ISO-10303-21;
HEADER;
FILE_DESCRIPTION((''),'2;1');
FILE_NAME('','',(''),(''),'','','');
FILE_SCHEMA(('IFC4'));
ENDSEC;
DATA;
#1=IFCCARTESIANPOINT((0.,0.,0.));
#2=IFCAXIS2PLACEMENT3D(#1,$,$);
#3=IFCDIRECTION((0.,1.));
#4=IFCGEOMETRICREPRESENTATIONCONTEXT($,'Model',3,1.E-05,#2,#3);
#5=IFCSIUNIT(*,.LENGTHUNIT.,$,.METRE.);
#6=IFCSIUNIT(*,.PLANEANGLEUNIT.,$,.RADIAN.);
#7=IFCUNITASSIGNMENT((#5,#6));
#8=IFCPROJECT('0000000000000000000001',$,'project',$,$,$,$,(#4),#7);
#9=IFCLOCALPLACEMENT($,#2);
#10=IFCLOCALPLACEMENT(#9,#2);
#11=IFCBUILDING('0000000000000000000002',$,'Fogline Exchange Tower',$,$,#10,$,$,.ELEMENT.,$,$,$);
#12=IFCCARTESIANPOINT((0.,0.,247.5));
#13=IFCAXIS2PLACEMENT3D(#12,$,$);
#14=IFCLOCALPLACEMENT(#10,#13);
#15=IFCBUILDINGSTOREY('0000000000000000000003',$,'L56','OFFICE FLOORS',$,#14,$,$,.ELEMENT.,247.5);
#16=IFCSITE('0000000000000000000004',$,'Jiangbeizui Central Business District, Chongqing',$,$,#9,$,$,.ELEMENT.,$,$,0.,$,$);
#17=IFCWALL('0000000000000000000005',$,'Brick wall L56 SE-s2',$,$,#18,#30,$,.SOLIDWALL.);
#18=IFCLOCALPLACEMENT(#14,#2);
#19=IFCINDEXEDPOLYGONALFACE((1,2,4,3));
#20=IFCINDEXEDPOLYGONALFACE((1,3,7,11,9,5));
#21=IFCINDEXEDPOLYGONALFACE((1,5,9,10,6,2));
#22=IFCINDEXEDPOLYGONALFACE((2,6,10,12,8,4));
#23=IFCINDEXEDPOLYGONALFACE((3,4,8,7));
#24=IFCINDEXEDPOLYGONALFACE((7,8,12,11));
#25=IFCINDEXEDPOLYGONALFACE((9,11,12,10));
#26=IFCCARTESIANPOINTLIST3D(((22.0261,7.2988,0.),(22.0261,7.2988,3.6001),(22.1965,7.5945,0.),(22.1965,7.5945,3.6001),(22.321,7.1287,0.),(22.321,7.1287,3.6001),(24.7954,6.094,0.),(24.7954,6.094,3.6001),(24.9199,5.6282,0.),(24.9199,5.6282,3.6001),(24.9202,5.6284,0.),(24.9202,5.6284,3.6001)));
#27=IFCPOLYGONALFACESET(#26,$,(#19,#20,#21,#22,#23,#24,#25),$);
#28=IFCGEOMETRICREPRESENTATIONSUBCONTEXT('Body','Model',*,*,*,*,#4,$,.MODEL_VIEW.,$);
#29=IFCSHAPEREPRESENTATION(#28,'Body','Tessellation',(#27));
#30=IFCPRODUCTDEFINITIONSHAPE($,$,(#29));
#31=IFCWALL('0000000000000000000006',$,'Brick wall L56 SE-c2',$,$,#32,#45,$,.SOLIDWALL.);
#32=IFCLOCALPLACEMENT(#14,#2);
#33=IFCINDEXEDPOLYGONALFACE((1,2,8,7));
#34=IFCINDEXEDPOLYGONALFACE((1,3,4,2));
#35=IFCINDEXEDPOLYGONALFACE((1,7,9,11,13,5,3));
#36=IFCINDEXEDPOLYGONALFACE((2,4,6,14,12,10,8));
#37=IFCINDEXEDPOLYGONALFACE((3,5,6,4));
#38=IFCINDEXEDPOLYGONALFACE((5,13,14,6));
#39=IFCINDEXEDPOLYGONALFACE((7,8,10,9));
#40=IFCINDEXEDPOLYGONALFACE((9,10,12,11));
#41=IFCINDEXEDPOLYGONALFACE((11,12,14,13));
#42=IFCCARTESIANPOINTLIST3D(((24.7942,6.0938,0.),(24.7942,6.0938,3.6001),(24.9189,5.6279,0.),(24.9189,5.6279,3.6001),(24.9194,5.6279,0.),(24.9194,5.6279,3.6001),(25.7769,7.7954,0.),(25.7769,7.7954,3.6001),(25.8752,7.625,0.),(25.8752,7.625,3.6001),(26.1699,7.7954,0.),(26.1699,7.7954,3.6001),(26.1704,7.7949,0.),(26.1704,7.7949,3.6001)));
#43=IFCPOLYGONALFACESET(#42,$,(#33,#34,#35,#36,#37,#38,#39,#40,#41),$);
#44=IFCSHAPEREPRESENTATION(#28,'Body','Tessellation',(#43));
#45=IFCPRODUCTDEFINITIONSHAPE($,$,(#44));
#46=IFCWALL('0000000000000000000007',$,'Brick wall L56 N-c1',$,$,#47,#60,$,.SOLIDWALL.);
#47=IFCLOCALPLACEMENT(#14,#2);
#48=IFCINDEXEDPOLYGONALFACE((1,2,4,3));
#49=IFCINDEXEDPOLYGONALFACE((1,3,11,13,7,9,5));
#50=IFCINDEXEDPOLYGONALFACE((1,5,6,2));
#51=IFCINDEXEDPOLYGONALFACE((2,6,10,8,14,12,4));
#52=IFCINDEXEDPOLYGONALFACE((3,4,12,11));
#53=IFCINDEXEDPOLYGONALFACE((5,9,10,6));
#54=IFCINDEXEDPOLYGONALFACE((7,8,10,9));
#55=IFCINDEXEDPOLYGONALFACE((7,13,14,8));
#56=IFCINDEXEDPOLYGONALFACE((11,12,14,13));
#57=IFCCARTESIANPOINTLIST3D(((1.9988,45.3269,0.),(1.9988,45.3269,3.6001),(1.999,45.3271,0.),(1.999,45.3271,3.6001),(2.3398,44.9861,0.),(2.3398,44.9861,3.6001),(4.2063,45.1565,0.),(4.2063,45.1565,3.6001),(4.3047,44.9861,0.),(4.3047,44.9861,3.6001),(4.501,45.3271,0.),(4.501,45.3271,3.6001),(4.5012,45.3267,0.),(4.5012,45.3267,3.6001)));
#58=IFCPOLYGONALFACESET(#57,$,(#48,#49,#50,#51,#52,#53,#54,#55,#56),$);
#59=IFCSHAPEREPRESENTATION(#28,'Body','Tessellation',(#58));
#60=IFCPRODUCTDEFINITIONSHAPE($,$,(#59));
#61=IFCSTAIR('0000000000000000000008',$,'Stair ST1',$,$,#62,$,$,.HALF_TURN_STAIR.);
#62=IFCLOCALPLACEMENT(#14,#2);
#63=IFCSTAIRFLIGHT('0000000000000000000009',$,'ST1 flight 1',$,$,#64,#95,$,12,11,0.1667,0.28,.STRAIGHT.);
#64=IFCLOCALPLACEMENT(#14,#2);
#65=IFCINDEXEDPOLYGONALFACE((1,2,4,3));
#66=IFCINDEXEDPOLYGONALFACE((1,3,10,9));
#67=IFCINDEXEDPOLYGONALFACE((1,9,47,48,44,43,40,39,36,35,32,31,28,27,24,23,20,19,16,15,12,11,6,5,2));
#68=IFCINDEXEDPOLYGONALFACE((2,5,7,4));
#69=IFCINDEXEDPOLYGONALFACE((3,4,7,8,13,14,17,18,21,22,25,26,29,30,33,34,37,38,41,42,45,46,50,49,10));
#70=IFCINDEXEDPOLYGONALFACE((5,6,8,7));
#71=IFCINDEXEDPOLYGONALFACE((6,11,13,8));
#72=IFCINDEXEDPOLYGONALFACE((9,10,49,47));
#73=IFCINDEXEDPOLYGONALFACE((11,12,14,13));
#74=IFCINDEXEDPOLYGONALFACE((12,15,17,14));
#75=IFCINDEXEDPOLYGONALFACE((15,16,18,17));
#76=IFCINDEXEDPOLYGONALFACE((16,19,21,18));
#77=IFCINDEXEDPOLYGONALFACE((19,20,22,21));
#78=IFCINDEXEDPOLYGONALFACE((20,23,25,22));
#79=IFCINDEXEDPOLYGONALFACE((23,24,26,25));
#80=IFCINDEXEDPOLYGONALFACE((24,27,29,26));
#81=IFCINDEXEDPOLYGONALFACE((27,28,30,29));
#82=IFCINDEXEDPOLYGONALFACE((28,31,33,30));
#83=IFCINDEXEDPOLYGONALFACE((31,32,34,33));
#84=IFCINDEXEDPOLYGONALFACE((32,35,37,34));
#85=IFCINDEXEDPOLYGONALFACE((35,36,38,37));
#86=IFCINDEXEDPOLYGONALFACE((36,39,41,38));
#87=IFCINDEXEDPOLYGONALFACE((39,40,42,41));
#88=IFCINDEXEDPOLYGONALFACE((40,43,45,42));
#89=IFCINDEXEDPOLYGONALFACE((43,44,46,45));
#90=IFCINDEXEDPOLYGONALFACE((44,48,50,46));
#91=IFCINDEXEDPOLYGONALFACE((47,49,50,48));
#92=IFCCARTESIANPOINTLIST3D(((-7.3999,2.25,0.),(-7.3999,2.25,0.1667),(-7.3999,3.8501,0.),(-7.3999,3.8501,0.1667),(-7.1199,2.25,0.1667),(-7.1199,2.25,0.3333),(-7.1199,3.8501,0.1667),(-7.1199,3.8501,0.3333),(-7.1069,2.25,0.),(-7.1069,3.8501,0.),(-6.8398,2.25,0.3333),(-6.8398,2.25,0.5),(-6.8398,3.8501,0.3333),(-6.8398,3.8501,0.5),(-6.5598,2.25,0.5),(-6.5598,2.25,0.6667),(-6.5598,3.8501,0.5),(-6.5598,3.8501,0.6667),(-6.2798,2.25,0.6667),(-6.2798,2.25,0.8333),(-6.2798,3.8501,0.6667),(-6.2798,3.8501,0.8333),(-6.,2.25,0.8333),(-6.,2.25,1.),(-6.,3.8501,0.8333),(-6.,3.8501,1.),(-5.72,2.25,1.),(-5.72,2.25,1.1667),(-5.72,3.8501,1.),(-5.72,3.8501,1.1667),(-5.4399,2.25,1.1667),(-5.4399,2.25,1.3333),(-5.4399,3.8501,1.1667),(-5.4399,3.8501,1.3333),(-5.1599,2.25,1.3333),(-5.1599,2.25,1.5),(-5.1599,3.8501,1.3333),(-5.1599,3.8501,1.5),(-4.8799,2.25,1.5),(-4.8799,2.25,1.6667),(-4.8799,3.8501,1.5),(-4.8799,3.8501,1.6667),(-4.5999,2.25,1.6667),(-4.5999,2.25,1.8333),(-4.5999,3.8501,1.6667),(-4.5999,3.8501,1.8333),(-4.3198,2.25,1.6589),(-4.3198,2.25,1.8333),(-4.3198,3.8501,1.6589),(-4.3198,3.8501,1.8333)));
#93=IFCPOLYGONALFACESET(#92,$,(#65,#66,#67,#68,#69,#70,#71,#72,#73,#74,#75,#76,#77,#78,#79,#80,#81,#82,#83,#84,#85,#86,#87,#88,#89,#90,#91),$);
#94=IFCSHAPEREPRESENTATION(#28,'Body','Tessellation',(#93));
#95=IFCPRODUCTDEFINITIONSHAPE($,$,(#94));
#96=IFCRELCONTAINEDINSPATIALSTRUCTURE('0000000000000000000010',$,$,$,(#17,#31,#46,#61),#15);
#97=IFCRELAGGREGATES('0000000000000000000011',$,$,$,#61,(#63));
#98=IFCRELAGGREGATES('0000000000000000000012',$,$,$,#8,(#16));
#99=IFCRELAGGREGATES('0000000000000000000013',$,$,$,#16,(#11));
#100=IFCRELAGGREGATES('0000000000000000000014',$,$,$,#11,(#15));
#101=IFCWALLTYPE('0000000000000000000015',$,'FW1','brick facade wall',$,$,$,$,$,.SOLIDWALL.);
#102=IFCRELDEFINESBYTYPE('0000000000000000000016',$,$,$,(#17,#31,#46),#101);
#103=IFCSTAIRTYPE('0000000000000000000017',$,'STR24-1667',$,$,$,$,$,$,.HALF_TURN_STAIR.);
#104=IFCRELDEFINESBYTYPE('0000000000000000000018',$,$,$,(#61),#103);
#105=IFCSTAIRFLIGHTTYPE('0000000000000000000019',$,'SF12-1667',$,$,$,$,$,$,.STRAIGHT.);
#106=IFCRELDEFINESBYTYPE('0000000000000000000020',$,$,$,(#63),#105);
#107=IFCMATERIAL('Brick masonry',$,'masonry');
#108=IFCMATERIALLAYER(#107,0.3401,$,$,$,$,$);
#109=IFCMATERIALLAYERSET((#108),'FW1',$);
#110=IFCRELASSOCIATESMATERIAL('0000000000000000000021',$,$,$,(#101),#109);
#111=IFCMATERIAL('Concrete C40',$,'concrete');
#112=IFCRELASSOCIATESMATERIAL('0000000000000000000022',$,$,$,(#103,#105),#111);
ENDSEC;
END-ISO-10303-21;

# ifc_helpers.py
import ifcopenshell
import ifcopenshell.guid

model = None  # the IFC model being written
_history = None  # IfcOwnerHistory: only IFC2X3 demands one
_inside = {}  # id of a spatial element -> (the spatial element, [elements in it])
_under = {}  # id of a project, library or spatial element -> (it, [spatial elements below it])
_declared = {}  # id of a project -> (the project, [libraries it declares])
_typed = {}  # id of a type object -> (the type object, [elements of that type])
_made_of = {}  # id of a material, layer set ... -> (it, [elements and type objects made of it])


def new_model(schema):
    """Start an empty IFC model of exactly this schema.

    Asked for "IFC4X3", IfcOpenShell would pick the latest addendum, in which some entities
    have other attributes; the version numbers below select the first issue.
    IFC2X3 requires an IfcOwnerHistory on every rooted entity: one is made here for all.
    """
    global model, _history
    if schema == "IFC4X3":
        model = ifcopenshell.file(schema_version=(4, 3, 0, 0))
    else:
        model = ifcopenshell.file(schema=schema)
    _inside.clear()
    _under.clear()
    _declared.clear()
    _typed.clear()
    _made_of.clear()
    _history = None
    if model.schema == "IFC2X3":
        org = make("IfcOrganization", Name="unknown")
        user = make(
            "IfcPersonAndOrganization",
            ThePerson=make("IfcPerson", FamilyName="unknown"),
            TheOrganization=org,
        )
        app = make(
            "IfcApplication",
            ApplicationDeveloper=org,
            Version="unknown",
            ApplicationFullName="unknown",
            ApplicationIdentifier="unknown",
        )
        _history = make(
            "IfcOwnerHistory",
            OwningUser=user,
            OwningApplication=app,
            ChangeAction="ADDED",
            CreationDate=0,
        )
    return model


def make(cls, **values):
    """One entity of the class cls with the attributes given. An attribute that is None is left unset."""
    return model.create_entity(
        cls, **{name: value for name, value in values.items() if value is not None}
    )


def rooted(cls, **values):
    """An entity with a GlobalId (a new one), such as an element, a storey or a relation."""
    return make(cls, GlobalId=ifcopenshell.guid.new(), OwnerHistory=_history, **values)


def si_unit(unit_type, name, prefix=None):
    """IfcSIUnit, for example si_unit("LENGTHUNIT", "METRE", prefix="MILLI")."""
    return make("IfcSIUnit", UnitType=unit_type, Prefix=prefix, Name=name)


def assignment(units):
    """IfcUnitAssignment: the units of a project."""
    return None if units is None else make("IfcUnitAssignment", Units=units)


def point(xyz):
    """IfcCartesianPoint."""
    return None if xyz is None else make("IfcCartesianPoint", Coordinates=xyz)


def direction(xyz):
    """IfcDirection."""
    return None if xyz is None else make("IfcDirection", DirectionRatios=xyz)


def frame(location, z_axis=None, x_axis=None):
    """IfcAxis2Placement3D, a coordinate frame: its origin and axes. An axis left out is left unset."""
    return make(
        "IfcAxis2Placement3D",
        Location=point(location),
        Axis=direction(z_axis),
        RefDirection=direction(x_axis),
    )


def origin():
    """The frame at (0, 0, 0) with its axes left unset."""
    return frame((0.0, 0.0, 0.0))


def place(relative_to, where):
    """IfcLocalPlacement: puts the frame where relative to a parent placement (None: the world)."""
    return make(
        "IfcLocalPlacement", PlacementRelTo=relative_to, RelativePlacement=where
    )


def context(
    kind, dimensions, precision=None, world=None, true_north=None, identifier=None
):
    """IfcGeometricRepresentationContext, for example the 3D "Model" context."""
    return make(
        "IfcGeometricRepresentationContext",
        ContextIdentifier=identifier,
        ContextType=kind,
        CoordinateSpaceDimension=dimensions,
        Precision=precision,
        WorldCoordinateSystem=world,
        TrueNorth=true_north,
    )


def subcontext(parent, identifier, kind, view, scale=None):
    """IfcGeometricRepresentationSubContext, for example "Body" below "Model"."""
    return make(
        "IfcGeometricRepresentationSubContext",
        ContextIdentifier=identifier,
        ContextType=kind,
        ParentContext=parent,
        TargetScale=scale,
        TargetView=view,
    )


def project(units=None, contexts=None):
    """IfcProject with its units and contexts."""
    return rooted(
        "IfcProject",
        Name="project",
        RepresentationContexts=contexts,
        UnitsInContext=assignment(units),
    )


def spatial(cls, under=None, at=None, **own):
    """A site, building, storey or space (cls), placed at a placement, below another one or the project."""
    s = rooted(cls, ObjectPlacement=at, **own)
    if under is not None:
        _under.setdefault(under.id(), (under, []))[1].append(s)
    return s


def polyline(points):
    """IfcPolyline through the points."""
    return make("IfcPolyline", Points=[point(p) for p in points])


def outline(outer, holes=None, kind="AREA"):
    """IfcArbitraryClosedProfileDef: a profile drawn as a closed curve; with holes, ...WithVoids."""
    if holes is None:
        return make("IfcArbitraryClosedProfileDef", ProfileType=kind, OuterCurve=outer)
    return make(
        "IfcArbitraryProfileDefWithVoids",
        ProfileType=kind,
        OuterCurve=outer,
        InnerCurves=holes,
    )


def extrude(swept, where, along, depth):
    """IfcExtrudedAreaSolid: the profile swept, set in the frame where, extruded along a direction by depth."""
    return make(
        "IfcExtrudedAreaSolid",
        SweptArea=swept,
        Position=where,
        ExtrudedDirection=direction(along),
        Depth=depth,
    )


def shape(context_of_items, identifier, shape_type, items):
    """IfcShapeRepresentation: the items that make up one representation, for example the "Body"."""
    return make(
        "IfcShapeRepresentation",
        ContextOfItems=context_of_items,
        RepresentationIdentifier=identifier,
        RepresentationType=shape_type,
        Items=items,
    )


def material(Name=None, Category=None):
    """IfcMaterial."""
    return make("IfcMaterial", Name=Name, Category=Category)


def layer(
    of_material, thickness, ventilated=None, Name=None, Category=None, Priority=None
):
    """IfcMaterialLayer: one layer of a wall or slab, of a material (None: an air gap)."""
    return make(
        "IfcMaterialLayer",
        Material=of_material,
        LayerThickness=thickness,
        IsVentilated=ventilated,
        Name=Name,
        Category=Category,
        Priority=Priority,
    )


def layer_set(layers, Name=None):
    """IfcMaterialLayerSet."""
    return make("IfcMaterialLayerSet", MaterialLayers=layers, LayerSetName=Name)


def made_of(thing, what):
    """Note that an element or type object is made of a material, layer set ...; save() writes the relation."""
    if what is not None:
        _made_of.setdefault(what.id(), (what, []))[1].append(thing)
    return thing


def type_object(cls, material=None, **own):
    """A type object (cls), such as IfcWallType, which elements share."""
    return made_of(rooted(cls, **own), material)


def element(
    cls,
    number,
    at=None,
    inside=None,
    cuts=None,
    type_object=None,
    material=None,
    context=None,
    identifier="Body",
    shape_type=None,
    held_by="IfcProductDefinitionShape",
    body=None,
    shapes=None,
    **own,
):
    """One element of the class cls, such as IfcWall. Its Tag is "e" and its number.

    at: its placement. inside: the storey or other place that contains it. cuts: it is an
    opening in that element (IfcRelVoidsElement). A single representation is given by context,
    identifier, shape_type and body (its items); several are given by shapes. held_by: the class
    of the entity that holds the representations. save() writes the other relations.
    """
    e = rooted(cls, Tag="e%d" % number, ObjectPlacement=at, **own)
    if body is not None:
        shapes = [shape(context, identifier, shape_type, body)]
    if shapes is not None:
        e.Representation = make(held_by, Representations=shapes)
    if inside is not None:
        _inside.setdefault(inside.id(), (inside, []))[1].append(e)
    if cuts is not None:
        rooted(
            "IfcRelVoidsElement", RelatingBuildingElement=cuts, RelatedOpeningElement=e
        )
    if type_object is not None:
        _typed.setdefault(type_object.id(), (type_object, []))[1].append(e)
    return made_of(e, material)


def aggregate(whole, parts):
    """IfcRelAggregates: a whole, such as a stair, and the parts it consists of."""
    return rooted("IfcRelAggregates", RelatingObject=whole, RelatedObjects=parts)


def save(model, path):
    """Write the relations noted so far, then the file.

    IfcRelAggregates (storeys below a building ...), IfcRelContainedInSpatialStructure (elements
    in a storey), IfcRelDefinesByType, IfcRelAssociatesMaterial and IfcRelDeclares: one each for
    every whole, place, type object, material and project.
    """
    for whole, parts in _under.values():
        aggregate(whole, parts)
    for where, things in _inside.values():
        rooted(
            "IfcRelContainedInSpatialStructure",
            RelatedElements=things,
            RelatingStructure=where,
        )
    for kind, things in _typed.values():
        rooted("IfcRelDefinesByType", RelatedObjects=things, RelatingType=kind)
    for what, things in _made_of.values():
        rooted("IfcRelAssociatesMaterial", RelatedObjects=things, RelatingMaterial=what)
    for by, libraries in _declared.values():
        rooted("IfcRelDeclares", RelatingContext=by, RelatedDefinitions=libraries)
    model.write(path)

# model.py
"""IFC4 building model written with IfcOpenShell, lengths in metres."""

from ifc_helpers import new_model, si_unit, direction, frame, origin, place, context, subcontext, project, spatial, polyline, outline, extrude, material, layer, layer_set, type_object, element, aggregate, save


model = new_model("IFC4")

# Units and contexts
model_context = context("Model", 3, precision=1e-05, world=origin(), true_north=direction((0.0, 1.0)))
body_context = subcontext(model_context, "Body", "Model", "MODEL_VIEW")
ifc_project = project(units=[si_unit("LENGTHUNIT", "METRE"), si_unit("PLANEANGLEUNIT", "RADIAN")], contexts=[model_context])

# Site, building, storey
site_placement = place(None, origin())
site = spatial("IfcSite", under=ifc_project, at=site_placement, Name="Jiangbeizui Central Business District, Chongqing", CompositionType="ELEMENT", RefElevation=0.0)
building_placement = place(site_placement, origin())
building = spatial("IfcBuilding", under=site, at=building_placement, Name="Fogline Exchange Tower", CompositionType="ELEMENT")
storey_placement = place(building_placement, frame((0.0, 0.0, 247.5)))
storey = spatial("IfcBuildingStorey", under=building, at=storey_placement, Name="L56", Description="OFFICE FLOORS", CompositionType="ELEMENT", Elevation=247.5)

# Shared definitions
ifc_material_1 = material(Name="Concrete C40", Category="concrete")

# Walls
ifc_material_2 = material(Name="Brick masonry", Category="masonry")
ifc_layer_1 = layer(ifc_material_2, 0.3401)
ifc_layer_set_1 = layer_set([ifc_layer_1], Name="FW1")
wall_type_1 = type_object("IfcWallType", Name="FW1", Description="brick facade wall", PredefinedType="SOLIDWALL", material=ifc_layer_set_1)
wall_1_placement = place(storey_placement, origin())
element("IfcWall", 1, at=wall_1_placement, inside=storey, type_object=wall_type_1, Name="Brick wall L56 SE-s2", PredefinedType="SOLIDWALL", context=body_context, shape_type="SweptSolid", body=[
    extrude(outline(polyline([(24.9199, 5.6282), (22.321, 7.1287), (22.0261, 7.2988), (22.1965, 7.5945), (24.7954, 6.094), (24.9202, 5.6284), (24.9199, 5.6282)])), origin(), (0.0, 0.0, 1.0), 3.6001),
])
wall_2_placement = place(storey_placement, origin())
element("IfcWall", 2, at=wall_2_placement, inside=storey, type_object=wall_type_1, Name="Brick wall L56 SE-c2", PredefinedType="SOLIDWALL", context=body_context, shape_type="SweptSolid", body=[
    extrude(outline(polyline([(25.7769, 7.7954), (25.8752, 7.625), (26.1699, 7.7954), (26.1704, 7.7949), (24.9194, 5.6279), (24.9189, 5.6279), (24.7942, 6.0938), (25.7769, 7.7954)])), origin(), (0.0, 0.0, 1.0), 3.6001),
])
wall_3_placement = place(storey_placement, origin())
element("IfcWall", 3, at=wall_3_placement, inside=storey, type_object=wall_type_1, Name="Brick wall L56 N-c1", PredefinedType="SOLIDWALL", context=body_context, shape_type="SweptSolid", body=[
    extrude(outline(polyline([(1.999, 45.3271), (4.501, 45.3271), (4.5012, 45.3267), (4.2063, 45.1565), (4.3047, 44.9861), (2.3398, 44.9861), (1.9988, 45.3269), (1.999, 45.3271)])), origin(), (0.0, 0.0, 1.0), 3.6001),
])

# Stair, stair flight
stair_type = type_object("IfcStairType", Name="STR24-1667", PredefinedType="HALF_TURN_STAIR", material=ifc_material_1)
stair_placement = place(storey_placement, origin())
stair = element("IfcStair", 4, at=stair_placement, inside=storey, type_object=stair_type, Name="Stair ST1", PredefinedType="HALF_TURN_STAIR")
stair_flight_type = type_object("IfcStairFlightType", Name="SF12-1667", PredefinedType="STRAIGHT", material=ifc_material_1)
stair_flight_placement = place(storey_placement, frame((-7.3999, 3.05, 0.0), z_axis=(0.0, 0.0, 1.0), x_axis=(1.0, 0.0, 0.0)))
stair_flight = element("IfcStairFlight", 5, at=stair_flight_placement, type_object=stair_flight_type, Name="ST1 flight 1", NumberOfRisers=12, NumberOfTreads=11, PredefinedType="STRAIGHT", RiserHeight=0.1667, TreadLength=0.28, context=body_context, shape_type="SweptSolid", body=[
    extrude(outline(polyline([(0.0, 0.0), (0.0, 0.1667), (0.28, 0.1667), (0.28, 0.3333), (0.5601, 0.3333), (0.5601, 0.5), (0.8401, 0.5), (0.8401, 0.6667), (1.1201, 0.6667), (1.1201, 0.8333), (1.3999, 0.8333), (1.3999, 1.0), (1.6799, 1.0), (1.6799, 1.1667), (1.96, 1.1667), (1.96, 1.3333), (2.24, 1.3333), (2.24, 1.5), (2.52, 1.5), (2.52, 1.6667), (2.8, 1.6667), (2.8, 1.8333), (3.0801, 1.8333), (3.0801, 2.0), (3.0801, 1.6589), (0.293, 0.0), (0.0, 0.0)])), frame((0.0, 0.8, 0.0), z_axis=(0.0, -1.0, 0.0), x_axis=(1.0, 0.0, 0.0)), (0.0, 0.0, 1.0), 1.6001),
])
aggregate(stair, [stair_flight])

save(model, "model.ifc")
